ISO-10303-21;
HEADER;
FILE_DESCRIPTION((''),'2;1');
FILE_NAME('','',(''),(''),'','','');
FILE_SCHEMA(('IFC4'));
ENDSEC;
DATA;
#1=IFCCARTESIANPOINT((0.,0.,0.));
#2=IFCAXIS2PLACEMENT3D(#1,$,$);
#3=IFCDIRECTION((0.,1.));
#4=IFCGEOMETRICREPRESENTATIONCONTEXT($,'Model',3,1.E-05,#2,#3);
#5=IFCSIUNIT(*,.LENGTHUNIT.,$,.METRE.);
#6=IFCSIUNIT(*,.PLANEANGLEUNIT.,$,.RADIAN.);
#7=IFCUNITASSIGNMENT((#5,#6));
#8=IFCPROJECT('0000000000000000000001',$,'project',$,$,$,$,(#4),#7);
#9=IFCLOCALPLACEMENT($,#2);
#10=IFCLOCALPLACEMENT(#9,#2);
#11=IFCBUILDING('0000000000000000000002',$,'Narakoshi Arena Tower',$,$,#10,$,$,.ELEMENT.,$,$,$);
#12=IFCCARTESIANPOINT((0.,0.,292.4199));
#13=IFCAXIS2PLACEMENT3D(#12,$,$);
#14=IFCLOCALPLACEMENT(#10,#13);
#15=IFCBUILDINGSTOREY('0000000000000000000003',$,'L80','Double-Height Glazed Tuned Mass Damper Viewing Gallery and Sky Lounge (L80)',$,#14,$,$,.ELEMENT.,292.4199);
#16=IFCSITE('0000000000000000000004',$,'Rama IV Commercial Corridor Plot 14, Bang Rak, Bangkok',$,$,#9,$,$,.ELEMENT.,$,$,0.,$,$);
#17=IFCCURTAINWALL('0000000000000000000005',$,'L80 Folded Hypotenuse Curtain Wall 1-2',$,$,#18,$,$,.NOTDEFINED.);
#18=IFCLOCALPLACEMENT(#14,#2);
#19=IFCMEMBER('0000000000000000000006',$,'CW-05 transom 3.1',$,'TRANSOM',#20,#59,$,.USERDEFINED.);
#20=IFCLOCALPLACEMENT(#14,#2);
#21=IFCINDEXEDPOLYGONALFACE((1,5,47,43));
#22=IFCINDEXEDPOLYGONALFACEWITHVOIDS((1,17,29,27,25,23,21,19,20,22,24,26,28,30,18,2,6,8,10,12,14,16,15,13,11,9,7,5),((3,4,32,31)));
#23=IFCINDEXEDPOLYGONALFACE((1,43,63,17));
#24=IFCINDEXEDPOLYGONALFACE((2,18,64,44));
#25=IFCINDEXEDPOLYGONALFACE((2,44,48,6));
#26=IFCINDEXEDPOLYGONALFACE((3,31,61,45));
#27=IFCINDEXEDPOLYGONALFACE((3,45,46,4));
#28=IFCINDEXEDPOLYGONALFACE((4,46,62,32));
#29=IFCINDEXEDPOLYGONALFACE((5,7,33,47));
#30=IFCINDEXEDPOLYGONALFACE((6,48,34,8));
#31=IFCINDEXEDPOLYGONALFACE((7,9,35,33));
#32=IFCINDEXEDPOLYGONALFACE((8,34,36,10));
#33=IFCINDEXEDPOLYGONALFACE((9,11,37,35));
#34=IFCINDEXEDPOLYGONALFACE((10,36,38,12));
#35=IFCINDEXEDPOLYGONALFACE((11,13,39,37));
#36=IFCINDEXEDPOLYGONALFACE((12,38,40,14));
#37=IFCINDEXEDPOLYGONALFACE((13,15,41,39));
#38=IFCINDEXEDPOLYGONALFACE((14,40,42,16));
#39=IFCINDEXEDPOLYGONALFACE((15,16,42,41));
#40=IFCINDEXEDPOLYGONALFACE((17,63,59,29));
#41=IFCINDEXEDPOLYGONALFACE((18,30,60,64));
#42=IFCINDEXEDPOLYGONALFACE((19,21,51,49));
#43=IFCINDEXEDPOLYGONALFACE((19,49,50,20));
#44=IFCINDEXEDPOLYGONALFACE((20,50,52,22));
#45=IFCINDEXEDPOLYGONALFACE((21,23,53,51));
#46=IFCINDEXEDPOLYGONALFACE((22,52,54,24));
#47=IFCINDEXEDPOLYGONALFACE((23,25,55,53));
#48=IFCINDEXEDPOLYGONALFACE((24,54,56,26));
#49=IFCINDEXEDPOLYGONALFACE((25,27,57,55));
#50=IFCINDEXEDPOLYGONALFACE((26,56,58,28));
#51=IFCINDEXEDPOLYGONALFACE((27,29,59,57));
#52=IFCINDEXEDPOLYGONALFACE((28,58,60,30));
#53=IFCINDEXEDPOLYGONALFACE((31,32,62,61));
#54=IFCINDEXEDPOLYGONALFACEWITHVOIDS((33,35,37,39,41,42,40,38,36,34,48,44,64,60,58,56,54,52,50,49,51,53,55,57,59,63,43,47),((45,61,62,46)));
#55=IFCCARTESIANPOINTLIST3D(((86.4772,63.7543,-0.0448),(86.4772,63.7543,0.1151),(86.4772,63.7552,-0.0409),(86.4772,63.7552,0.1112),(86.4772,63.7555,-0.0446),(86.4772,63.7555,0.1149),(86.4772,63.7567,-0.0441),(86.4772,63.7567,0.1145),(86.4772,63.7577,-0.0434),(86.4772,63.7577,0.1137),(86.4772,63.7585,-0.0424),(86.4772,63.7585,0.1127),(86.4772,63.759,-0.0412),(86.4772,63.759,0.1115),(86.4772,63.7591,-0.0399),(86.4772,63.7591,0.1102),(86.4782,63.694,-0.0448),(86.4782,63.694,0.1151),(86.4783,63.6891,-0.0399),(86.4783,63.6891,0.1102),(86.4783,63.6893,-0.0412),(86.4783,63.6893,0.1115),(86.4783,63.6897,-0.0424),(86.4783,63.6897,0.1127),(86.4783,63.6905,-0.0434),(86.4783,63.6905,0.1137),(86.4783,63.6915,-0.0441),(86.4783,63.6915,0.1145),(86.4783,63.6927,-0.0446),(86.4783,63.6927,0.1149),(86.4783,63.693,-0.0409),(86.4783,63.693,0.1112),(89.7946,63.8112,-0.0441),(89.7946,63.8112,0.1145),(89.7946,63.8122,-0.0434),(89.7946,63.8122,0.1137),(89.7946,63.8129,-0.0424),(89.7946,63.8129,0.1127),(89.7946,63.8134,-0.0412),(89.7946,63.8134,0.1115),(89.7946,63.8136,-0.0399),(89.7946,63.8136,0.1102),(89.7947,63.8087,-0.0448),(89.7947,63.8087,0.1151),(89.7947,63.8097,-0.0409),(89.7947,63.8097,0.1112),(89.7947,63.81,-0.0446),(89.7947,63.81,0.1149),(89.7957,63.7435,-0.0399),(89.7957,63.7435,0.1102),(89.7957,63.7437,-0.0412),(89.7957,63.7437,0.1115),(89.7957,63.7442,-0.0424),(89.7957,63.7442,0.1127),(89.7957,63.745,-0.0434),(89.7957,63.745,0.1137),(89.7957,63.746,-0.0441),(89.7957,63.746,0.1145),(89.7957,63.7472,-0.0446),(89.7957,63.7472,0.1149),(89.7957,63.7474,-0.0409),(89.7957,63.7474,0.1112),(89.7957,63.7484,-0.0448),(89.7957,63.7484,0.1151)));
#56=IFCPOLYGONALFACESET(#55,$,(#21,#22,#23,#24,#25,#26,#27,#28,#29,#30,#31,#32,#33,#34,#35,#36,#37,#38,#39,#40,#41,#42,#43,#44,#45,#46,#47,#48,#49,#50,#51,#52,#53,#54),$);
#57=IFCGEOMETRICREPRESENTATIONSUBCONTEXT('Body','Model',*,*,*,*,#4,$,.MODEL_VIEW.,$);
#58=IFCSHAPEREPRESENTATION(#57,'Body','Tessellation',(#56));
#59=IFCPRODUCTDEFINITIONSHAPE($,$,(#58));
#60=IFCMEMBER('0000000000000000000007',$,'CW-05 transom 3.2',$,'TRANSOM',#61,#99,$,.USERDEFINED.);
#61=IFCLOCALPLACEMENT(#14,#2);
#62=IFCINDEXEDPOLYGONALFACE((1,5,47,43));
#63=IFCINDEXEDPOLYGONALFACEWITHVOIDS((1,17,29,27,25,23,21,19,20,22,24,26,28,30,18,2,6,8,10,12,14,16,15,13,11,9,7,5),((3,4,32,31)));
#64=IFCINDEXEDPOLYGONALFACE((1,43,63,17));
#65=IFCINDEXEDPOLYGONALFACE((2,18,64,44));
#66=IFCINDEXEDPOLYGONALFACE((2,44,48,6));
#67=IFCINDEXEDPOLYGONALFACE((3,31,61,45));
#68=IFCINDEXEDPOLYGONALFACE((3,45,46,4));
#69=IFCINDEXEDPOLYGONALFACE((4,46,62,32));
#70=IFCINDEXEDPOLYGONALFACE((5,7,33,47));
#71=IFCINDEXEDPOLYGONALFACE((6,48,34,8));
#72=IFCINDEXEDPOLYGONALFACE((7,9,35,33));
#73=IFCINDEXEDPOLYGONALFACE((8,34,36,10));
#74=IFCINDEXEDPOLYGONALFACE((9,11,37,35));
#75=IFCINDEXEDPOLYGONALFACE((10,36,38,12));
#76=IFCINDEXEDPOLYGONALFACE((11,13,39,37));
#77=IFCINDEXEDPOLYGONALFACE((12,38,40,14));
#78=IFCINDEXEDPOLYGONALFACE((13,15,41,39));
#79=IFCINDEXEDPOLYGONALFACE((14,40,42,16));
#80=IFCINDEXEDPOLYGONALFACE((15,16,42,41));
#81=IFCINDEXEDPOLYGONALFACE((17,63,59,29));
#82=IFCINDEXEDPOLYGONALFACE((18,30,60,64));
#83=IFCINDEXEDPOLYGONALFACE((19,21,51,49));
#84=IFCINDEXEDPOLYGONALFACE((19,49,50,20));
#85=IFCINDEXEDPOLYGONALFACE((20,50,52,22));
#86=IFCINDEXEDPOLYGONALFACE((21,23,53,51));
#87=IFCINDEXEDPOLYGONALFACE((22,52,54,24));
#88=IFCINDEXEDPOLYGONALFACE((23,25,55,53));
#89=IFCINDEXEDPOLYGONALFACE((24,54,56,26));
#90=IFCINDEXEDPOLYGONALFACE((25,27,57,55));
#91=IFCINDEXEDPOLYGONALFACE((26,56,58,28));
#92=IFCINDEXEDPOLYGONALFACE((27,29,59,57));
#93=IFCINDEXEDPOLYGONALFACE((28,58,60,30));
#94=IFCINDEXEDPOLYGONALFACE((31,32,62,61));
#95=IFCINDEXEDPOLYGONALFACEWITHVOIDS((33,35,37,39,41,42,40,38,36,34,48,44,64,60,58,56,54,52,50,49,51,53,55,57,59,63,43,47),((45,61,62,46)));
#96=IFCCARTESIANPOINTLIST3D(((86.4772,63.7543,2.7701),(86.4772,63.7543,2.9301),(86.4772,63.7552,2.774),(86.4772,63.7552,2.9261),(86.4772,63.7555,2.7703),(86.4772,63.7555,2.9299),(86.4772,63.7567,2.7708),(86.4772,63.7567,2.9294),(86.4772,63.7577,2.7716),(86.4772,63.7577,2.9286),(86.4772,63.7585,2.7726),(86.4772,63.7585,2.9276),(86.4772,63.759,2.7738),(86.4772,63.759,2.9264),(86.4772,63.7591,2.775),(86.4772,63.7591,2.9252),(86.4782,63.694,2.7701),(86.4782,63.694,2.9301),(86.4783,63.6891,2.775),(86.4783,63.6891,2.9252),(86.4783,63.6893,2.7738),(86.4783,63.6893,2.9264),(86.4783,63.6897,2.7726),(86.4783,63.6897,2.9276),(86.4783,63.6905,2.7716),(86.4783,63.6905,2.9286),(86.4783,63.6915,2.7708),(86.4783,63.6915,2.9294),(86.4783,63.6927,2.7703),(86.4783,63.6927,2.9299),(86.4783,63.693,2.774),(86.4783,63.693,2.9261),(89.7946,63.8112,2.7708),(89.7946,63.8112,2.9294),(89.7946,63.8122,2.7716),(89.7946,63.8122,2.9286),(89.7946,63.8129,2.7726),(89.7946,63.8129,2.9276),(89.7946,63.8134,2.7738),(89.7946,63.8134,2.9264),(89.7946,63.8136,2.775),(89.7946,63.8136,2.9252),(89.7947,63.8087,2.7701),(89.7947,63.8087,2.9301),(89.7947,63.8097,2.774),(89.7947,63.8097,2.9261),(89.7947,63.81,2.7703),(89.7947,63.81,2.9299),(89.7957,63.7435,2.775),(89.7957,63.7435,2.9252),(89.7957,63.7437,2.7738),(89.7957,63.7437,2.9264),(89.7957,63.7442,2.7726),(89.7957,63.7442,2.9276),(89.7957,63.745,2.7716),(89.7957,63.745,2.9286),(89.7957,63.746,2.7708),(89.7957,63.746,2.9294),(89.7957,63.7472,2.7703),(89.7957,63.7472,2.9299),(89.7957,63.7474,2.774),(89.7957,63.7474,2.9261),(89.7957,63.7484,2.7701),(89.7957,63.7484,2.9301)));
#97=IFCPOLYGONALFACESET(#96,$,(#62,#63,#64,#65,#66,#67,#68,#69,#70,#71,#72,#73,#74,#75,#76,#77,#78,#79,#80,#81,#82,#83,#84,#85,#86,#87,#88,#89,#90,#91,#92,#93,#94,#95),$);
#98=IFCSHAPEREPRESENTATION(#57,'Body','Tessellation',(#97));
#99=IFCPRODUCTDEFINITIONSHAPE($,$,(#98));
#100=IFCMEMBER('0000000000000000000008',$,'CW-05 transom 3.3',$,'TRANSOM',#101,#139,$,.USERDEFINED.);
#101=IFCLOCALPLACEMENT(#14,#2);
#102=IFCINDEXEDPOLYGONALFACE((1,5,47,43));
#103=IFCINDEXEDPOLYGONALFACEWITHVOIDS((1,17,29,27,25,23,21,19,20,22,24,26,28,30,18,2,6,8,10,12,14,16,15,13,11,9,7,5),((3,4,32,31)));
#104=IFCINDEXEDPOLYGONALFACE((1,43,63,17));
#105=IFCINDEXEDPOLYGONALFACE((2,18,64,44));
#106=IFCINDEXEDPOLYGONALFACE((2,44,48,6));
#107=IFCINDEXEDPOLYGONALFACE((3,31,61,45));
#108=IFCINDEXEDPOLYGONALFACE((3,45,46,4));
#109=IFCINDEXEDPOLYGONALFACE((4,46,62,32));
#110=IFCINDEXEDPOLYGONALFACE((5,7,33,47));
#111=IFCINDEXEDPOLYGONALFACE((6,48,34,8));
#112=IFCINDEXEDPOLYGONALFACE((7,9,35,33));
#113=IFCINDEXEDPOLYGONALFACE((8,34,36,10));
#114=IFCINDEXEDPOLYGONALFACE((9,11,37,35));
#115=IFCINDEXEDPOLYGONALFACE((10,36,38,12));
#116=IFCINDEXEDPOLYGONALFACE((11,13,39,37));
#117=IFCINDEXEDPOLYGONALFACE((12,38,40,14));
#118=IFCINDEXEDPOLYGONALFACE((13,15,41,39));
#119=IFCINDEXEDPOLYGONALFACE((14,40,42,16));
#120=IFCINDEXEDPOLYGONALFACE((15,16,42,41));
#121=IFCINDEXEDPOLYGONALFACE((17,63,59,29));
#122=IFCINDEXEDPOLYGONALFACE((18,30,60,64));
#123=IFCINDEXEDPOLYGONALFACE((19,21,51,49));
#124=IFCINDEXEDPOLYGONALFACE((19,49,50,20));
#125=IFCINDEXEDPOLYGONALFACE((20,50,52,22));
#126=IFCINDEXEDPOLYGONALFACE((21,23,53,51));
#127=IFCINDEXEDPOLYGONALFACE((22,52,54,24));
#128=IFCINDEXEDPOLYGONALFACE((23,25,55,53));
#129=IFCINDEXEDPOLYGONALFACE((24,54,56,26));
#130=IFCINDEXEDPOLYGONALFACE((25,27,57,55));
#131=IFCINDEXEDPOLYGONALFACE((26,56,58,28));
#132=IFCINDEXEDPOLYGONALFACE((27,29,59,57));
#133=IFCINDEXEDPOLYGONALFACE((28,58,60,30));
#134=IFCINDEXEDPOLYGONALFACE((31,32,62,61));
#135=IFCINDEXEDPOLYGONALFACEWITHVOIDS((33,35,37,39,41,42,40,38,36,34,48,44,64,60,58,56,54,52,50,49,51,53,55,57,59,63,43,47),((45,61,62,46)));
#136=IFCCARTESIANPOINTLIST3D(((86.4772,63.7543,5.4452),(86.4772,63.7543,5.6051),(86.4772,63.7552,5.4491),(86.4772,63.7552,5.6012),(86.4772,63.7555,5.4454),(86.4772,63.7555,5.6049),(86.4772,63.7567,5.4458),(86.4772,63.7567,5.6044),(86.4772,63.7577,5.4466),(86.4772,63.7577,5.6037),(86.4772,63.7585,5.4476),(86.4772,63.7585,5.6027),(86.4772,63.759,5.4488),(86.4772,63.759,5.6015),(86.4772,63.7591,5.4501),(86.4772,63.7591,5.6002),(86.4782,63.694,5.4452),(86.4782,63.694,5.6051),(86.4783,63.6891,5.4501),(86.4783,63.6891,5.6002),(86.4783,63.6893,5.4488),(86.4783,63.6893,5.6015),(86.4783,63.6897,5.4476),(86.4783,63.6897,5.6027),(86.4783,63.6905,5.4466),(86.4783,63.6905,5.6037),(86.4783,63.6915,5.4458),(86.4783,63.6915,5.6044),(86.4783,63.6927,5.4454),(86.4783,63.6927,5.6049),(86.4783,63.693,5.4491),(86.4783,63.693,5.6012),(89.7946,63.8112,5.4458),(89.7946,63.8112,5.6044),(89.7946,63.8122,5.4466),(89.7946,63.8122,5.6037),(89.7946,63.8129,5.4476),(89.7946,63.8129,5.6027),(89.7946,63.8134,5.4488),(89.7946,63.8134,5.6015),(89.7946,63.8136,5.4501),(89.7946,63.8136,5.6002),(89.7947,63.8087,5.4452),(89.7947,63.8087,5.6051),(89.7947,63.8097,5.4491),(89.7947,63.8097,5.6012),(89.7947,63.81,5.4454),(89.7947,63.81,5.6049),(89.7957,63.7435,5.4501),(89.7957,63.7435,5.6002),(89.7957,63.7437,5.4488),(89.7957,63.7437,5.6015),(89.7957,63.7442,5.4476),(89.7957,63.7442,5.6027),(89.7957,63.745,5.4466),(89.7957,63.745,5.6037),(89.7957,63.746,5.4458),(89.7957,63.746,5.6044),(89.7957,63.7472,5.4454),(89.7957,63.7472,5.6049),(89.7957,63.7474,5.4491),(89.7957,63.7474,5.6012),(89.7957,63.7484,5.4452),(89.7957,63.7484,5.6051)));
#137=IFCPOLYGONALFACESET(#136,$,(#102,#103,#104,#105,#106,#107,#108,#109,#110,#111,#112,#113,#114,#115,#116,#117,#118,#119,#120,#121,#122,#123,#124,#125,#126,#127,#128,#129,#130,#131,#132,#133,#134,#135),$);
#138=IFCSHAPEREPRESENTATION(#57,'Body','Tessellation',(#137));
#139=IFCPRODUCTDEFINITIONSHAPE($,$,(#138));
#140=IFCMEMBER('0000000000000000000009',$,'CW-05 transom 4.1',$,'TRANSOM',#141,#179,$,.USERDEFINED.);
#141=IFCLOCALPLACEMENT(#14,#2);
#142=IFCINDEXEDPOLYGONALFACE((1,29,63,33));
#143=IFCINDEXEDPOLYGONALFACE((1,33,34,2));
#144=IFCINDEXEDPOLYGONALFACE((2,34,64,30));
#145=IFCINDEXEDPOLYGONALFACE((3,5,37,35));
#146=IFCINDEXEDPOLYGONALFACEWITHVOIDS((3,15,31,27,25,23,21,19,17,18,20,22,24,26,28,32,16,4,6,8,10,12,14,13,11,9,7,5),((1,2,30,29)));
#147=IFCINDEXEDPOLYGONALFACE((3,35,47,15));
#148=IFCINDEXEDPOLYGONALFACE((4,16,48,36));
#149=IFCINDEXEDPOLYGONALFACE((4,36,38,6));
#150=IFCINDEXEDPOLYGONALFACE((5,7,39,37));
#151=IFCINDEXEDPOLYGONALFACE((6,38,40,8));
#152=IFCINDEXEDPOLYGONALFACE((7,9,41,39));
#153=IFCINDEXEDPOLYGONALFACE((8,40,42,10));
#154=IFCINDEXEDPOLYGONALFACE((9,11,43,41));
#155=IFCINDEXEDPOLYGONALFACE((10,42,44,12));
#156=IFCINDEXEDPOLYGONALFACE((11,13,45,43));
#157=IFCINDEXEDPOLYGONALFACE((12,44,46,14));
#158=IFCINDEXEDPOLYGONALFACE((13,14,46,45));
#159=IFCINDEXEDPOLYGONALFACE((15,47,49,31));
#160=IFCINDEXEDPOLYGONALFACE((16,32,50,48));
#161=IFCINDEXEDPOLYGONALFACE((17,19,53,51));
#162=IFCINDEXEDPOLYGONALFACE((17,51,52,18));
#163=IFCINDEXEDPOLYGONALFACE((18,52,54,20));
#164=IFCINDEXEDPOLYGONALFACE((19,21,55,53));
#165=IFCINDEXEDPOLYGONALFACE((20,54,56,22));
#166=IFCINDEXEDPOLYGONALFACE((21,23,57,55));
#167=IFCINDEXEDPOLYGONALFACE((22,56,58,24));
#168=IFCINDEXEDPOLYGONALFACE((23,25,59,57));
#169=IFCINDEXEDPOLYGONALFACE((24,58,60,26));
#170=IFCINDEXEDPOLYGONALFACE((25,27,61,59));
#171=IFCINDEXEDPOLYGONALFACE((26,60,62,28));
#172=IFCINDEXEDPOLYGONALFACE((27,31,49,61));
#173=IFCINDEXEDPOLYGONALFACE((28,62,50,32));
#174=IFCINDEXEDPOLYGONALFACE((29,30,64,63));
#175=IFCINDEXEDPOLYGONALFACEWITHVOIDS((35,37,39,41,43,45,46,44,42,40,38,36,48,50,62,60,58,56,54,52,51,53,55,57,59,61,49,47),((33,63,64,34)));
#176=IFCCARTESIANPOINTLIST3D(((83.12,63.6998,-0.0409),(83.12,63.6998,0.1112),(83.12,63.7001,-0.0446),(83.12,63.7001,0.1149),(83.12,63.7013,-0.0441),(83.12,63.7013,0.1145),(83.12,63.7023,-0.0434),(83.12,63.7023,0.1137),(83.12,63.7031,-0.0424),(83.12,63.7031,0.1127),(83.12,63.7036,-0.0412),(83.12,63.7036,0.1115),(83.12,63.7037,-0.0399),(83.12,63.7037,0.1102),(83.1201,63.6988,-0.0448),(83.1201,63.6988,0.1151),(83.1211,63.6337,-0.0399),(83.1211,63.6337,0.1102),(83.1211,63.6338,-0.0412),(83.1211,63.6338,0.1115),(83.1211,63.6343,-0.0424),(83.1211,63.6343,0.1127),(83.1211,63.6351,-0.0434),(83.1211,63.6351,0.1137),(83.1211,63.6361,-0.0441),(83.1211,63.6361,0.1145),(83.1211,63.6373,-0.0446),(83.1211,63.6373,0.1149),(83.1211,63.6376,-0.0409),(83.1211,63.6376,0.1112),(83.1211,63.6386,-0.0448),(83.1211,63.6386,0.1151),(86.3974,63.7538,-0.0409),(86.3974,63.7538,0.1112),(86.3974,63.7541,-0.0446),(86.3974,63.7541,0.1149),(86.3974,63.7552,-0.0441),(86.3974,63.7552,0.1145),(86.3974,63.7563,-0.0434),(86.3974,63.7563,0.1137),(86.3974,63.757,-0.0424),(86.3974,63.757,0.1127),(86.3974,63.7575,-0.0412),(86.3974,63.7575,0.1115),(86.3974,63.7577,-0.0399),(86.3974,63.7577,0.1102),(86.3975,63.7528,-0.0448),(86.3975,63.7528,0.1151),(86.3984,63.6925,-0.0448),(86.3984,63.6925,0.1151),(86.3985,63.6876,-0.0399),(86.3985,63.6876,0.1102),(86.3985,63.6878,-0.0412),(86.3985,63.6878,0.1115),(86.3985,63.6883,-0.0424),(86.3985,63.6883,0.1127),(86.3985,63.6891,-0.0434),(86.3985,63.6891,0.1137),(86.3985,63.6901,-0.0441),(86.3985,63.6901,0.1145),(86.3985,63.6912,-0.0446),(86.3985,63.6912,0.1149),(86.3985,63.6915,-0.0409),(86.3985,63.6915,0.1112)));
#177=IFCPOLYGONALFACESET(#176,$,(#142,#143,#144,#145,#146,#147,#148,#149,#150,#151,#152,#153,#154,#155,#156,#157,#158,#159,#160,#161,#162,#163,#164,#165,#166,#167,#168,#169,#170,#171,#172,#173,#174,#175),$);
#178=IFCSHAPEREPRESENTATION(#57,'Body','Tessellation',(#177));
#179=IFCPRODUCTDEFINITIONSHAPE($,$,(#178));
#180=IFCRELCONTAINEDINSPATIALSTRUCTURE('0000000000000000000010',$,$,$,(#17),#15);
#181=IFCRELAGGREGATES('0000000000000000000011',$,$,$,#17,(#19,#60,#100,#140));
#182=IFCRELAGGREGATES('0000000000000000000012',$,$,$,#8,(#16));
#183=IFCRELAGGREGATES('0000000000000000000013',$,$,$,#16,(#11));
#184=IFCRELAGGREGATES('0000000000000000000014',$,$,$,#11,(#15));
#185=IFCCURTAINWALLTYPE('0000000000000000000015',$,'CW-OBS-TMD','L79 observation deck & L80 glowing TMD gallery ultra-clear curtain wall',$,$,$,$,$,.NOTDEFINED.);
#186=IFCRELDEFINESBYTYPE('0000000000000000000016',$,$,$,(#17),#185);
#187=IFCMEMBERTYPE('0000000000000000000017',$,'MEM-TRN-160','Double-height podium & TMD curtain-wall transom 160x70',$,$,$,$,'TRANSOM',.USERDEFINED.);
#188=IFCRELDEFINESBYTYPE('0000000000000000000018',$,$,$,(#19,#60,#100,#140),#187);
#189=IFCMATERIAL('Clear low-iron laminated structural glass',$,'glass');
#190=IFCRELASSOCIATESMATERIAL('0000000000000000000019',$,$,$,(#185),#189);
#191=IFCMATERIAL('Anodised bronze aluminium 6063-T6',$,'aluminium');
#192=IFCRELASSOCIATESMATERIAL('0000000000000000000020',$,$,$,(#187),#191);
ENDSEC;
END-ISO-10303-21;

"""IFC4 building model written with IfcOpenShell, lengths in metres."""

from ifc_helpers import new_model, si_unit, direction, frame, origin, origin_2d, place, context, subcontext, project, spatial, hollow_rectangle, extrude, material, material_profile, profile_set, type_object, element, aggregate, save


model = new_model("IFC4")

# Units and contexts
model_context = context("Model", 3, precision=1e-05, world=origin(), true_north=direction((0.0, 1.0)))
body_context = subcontext(model_context, "Body", "Model", "MODEL_VIEW")
ifc_project = project(units=[si_unit("LENGTHUNIT", "METRE"), si_unit("PLANEANGLEUNIT", "RADIAN")], contexts=[model_context])

# Site, building, storey
site_placement = place(None, origin())
site = spatial("IfcSite", under=ifc_project, at=site_placement, Name="Rama IV Commercial Corridor Plot 14, Bang Rak, Bangkok", CompositionType="ELEMENT", RefElevation=0.0)
building_placement = place(site_placement, origin())
building = spatial("IfcBuilding", under=site, at=building_placement, Name="Narakoshi Arena Tower", CompositionType="ELEMENT")
storey_placement = place(building_placement, frame((0.0, 0.0, 292.4199)))
storey = spatial("IfcBuildingStorey", under=building, at=storey_placement, Name="L80", Description="Double-Height Glazed Tuned Mass Damper Viewing Gallery and Sky Lounge (L80)", CompositionType="ELEMENT", Elevation=292.4199)

# Curtain wall, members
ifc_material_1 = material(Name="Clear low-iron laminated structural glass", Category="glass")
curtain_wall_type = type_object("IfcCurtainWallType", Name="CW-OBS-TMD", Description="L79 observation deck & L80 glowing TMD gallery ultra-clear curtain wall", PredefinedType="NOTDEFINED", material=ifc_material_1)
curtain_wall_placement = place(storey_placement, origin())
curtain_wall = element("IfcCurtainWall", 1, at=curtain_wall_placement, inside=storey, type_object=curtain_wall_type, Name="L80 Folded Hypotenuse Curtain Wall 1-2", PredefinedType="NOTDEFINED")
ifc_material_2 = material(Name="Anodised bronze aluminium 6063-T6", Category="aluminium")
ifc_material_profile_1 = material_profile(ifc_material_2, hollow_rectangle(XDim=0.0701, YDim=0.1599, WallThickness=0.0039, OuterFilletRadius=0.0049, at=origin_2d()), Name="TRN160x70x4")
ifc_profile_set_1 = profile_set([ifc_material_profile_1], Name="Anodised bronze aluminium 6063-T6")
member_type_1 = type_object("IfcMemberType", Name="MEM-TRN-160", Description="Double-height podium & TMD curtain-wall transom 160x70", ElementType="TRANSOM", PredefinedType="USERDEFINED", material=ifc_profile_set_1)
member_1_placement = place(storey_placement, frame((89.7952, 63.7786, 0.0352), z_axis=(-0.999865, -0.016409, 0.0), x_axis=(0.016409, -0.999865, 0.0)))
member_1 = element("IfcMember", 2, at=member_1_placement, type_object=member_type_1, Name="CW-05 transom 3.1", ObjectType="TRANSOM", PredefinedType="USERDEFINED", context=body_context, shape_type="SweptSolid", body=[
    extrude(hollow_rectangle(XDim=0.0701, YDim=0.1599, WallThickness=0.0039, OuterFilletRadius=0.0049, at=origin_2d()), origin(), (0.0, 0.0, 1.0), 3.3179),
])
member_2_placement = place(storey_placement, frame((89.7952, 63.7786, 2.8501), z_axis=(-0.999865, -0.016409, 0.0), x_axis=(0.016409, -0.999865, 0.0)))
member_2 = element("IfcMember", 3, at=member_2_placement, type_object=member_type_1, Name="CW-05 transom 3.2", ObjectType="TRANSOM", PredefinedType="USERDEFINED", context=body_context, shape_type="SweptSolid", body=[
    extrude(hollow_rectangle(XDim=0.0701, YDim=0.1599, WallThickness=0.0039, OuterFilletRadius=0.0049, at=origin_2d()), origin(), (0.0, 0.0, 1.0), 3.3179),
])
member_3_placement = place(storey_placement, frame((89.7952, 63.7786, 5.5251), z_axis=(-0.999865, -0.016409, 0.0), x_axis=(0.016409, -0.999865, 0.0)))
member_3 = element("IfcMember", 4, at=member_3_placement, type_object=member_type_1, Name="CW-05 transom 3.3", ObjectType="TRANSOM", PredefinedType="USERDEFINED", context=body_context, shape_type="SweptSolid", body=[
    extrude(hollow_rectangle(XDim=0.0701, YDim=0.1599, WallThickness=0.0039, OuterFilletRadius=0.0049, at=origin_2d()), origin(), (0.0, 0.0, 1.0), 3.3179),
])
member_4_placement = place(storey_placement, frame((86.3979, 63.7227, 0.0352), z_axis=(-0.999865, -0.016461, 0.0), x_axis=(0.016461, -0.999865, 0.0)))
member_4 = element("IfcMember", 5, at=member_4_placement, type_object=member_type_1, Name="CW-05 transom 4.1", ObjectType="TRANSOM", PredefinedType="USERDEFINED", context=body_context, shape_type="SweptSolid", body=[
    extrude(hollow_rectangle(XDim=0.0701, YDim=0.1599, WallThickness=0.0039, OuterFilletRadius=0.0049, at=origin_2d()), origin(), (0.0, 0.0, 1.0), 3.2778),
])
aggregate(curtain_wall, [member_1, member_2, member_3, member_4])

save(model, "model.ifc")
